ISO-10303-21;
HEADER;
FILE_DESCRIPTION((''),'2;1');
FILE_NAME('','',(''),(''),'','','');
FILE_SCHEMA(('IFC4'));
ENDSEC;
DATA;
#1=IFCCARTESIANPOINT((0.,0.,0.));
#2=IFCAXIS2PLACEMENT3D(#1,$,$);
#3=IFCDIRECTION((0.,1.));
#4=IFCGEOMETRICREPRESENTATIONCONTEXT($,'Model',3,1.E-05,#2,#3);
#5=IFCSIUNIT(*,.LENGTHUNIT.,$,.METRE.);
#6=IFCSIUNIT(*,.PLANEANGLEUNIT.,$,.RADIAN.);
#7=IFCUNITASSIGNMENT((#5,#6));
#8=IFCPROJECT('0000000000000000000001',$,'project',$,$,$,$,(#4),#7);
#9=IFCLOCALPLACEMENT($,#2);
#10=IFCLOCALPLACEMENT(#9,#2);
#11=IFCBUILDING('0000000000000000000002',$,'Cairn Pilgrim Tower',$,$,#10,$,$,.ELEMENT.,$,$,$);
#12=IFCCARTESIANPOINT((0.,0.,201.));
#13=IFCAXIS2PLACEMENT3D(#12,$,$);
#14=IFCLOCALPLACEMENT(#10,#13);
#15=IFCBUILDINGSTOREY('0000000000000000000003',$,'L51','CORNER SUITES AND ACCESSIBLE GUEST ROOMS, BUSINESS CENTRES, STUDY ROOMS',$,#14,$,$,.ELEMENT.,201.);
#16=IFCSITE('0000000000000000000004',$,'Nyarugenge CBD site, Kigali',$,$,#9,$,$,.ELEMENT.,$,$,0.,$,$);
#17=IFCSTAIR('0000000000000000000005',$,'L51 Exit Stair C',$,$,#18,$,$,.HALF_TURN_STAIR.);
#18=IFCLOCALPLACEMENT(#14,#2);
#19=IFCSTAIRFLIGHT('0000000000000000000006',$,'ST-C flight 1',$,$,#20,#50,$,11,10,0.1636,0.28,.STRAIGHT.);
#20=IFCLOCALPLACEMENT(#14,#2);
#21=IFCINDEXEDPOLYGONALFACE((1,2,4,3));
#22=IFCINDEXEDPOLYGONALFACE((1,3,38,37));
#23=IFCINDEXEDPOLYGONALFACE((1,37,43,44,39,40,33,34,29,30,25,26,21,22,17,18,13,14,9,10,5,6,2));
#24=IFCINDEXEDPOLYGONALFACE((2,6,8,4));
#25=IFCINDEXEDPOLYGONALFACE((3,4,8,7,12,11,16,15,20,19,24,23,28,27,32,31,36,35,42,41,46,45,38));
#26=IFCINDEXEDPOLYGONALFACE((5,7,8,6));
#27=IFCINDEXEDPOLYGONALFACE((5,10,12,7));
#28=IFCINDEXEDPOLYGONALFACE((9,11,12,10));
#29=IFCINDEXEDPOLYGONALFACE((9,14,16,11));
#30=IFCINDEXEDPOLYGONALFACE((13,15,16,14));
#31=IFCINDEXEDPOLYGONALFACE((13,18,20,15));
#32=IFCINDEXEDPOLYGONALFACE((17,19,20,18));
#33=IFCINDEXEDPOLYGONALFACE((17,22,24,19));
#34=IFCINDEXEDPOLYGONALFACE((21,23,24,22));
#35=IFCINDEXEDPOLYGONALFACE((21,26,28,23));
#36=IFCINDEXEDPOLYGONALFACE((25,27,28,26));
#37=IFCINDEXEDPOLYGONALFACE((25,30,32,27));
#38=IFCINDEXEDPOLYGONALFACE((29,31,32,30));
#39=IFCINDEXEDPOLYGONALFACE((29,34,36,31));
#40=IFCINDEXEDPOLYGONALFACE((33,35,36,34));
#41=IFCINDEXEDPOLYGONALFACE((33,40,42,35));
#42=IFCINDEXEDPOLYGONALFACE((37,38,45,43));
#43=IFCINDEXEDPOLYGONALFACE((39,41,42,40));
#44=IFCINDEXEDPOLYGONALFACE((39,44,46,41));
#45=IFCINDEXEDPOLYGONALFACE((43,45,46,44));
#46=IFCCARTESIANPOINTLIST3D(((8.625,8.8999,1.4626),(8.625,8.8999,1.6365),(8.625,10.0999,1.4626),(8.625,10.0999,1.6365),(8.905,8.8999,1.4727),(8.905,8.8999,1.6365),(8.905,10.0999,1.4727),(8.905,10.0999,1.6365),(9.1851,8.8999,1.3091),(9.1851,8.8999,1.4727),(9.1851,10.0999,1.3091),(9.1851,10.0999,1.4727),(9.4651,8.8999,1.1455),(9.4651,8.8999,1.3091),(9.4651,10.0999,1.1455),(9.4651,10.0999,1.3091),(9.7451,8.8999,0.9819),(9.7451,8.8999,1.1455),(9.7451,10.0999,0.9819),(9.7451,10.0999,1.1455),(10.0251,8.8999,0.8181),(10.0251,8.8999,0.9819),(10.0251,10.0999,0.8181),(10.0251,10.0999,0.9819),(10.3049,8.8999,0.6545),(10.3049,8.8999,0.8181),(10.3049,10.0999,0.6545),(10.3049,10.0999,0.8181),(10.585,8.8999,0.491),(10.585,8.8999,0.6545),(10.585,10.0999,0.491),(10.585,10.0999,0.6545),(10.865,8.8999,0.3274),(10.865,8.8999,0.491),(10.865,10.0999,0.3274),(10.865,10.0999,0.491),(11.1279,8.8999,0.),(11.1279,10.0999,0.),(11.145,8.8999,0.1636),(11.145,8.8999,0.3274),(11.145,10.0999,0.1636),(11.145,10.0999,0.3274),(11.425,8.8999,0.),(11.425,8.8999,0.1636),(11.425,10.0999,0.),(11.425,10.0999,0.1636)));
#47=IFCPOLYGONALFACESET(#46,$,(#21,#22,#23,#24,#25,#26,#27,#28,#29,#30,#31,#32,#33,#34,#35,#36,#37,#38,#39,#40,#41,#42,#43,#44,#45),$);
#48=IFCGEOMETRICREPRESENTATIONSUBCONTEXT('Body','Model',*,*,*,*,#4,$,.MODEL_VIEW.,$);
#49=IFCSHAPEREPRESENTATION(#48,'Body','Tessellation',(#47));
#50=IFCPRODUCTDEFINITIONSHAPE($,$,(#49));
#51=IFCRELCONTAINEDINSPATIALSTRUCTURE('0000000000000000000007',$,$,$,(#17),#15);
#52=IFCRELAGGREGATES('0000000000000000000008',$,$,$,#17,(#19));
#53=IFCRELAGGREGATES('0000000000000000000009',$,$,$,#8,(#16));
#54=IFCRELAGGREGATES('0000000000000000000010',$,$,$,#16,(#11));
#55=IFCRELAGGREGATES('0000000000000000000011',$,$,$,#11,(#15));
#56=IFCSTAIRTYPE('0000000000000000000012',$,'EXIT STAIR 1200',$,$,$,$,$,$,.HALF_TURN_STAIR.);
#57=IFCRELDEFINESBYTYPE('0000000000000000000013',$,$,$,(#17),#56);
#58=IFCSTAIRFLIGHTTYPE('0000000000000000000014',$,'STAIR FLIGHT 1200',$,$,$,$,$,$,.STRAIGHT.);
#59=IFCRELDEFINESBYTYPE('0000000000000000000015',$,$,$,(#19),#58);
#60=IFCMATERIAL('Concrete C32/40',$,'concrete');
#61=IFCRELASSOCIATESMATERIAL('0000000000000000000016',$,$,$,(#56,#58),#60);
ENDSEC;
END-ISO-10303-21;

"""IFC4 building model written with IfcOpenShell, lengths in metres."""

from ifc_helpers import new_model, si_unit, direction, frame, origin, place, context, subcontext, project, spatial, polyline, outline, extrude, material, type_object, element, aggregate, save


model = new_model("IFC4")

# Units and contexts
model_context = context("Model", 3, precision=1e-05, world=origin(), true_north=direction((0.0, 1.0)))
body_context = subcontext(model_context, "Body", "Model", "MODEL_VIEW")
ifc_project = project(units=[si_unit("LENGTHUNIT", "METRE"), si_unit("PLANEANGLEUNIT", "RADIAN")], contexts=[model_context])

# Site, building, storey
site_placement = place(None, origin())
site = spatial("IfcSite", under=ifc_project, at=site_placement, Name="Nyarugenge CBD site, Kigali", CompositionType="ELEMENT", RefElevation=0.0)
building_placement = place(site_placement, origin())
building = spatial("IfcBuilding", under=site, at=building_placement, Name="Cairn Pilgrim Tower", CompositionType="ELEMENT")
storey_placement = place(building_placement, frame((0.0, 0.0, 201.0)))
storey = spatial("IfcBuildingStorey", under=building, at=storey_placement, Name="L51", Description="CORNER SUITES AND ACCESSIBLE GUEST ROOMS, BUSINESS CENTRES, STUDY ROOMS", CompositionType="ELEMENT", Elevation=201.0)

# Shared definitions
ifc_material_1 = material(Name="Concrete C32/40", Category="concrete")

# Stair, stair flight
stair_type = type_object("IfcStairType", Name="EXIT STAIR 1200", PredefinedType="HALF_TURN_STAIR", material=ifc_material_1)
stair_placement = place(storey_placement, origin())
stair = element("IfcStair", 1, at=stair_placement, inside=storey, type_object=stair_type, Name="L51 Exit Stair C", PredefinedType="HALF_TURN_STAIR")
stair_flight_type = type_object("IfcStairFlightType", Name="STAIR FLIGHT 1200", PredefinedType="STRAIGHT", material=ifc_material_1)
stair_flight_placement = place(storey_placement, frame((11.425, 9.5, 0.0), z_axis=(0.0, 0.0, 1.0), x_axis=(-1.0, 0.0, 0.0)))
stair_flight = element("IfcStairFlight", 2, at=stair_flight_placement, type_object=stair_flight_type, Name="ST-C flight 1", NumberOfRisers=11, NumberOfTreads=10, PredefinedType="STRAIGHT", RiserHeight=0.1636, TreadLength=0.28, context=body_context, shape_type="SweptSolid", body=[
    extrude(outline(polyline([(0.0, 0.0), (0.0, 0.1636), (0.28, 0.1636), (0.28, 0.3274), (0.5601, 0.3274), (0.5601, 0.491), (0.8401, 0.491), (0.8401, 0.6545), (1.1201, 0.6545), (1.1201, 0.8181), (1.3999, 0.8181), (1.3999, 0.9819), (1.6799, 0.9819), (1.6799, 1.1455), (1.96, 1.1455), (1.96, 1.3091), (2.24, 1.3091), (2.24, 1.4727), (2.52, 1.4727), (2.52, 1.6365), (2.8, 1.6365), (2.8, 1.8), (2.8, 1.4626), (0.2971, 0.0), (0.0, 0.0)])), frame((0.0, 0.6001, 0.0), z_axis=(0.0, -1.0, 0.0), x_axis=(1.0, 0.0, 0.0)), (0.0, 0.0, 1.0), 1.2),
])
aggregate(stair, [stair_flight])

save(model, "model.ifc")
